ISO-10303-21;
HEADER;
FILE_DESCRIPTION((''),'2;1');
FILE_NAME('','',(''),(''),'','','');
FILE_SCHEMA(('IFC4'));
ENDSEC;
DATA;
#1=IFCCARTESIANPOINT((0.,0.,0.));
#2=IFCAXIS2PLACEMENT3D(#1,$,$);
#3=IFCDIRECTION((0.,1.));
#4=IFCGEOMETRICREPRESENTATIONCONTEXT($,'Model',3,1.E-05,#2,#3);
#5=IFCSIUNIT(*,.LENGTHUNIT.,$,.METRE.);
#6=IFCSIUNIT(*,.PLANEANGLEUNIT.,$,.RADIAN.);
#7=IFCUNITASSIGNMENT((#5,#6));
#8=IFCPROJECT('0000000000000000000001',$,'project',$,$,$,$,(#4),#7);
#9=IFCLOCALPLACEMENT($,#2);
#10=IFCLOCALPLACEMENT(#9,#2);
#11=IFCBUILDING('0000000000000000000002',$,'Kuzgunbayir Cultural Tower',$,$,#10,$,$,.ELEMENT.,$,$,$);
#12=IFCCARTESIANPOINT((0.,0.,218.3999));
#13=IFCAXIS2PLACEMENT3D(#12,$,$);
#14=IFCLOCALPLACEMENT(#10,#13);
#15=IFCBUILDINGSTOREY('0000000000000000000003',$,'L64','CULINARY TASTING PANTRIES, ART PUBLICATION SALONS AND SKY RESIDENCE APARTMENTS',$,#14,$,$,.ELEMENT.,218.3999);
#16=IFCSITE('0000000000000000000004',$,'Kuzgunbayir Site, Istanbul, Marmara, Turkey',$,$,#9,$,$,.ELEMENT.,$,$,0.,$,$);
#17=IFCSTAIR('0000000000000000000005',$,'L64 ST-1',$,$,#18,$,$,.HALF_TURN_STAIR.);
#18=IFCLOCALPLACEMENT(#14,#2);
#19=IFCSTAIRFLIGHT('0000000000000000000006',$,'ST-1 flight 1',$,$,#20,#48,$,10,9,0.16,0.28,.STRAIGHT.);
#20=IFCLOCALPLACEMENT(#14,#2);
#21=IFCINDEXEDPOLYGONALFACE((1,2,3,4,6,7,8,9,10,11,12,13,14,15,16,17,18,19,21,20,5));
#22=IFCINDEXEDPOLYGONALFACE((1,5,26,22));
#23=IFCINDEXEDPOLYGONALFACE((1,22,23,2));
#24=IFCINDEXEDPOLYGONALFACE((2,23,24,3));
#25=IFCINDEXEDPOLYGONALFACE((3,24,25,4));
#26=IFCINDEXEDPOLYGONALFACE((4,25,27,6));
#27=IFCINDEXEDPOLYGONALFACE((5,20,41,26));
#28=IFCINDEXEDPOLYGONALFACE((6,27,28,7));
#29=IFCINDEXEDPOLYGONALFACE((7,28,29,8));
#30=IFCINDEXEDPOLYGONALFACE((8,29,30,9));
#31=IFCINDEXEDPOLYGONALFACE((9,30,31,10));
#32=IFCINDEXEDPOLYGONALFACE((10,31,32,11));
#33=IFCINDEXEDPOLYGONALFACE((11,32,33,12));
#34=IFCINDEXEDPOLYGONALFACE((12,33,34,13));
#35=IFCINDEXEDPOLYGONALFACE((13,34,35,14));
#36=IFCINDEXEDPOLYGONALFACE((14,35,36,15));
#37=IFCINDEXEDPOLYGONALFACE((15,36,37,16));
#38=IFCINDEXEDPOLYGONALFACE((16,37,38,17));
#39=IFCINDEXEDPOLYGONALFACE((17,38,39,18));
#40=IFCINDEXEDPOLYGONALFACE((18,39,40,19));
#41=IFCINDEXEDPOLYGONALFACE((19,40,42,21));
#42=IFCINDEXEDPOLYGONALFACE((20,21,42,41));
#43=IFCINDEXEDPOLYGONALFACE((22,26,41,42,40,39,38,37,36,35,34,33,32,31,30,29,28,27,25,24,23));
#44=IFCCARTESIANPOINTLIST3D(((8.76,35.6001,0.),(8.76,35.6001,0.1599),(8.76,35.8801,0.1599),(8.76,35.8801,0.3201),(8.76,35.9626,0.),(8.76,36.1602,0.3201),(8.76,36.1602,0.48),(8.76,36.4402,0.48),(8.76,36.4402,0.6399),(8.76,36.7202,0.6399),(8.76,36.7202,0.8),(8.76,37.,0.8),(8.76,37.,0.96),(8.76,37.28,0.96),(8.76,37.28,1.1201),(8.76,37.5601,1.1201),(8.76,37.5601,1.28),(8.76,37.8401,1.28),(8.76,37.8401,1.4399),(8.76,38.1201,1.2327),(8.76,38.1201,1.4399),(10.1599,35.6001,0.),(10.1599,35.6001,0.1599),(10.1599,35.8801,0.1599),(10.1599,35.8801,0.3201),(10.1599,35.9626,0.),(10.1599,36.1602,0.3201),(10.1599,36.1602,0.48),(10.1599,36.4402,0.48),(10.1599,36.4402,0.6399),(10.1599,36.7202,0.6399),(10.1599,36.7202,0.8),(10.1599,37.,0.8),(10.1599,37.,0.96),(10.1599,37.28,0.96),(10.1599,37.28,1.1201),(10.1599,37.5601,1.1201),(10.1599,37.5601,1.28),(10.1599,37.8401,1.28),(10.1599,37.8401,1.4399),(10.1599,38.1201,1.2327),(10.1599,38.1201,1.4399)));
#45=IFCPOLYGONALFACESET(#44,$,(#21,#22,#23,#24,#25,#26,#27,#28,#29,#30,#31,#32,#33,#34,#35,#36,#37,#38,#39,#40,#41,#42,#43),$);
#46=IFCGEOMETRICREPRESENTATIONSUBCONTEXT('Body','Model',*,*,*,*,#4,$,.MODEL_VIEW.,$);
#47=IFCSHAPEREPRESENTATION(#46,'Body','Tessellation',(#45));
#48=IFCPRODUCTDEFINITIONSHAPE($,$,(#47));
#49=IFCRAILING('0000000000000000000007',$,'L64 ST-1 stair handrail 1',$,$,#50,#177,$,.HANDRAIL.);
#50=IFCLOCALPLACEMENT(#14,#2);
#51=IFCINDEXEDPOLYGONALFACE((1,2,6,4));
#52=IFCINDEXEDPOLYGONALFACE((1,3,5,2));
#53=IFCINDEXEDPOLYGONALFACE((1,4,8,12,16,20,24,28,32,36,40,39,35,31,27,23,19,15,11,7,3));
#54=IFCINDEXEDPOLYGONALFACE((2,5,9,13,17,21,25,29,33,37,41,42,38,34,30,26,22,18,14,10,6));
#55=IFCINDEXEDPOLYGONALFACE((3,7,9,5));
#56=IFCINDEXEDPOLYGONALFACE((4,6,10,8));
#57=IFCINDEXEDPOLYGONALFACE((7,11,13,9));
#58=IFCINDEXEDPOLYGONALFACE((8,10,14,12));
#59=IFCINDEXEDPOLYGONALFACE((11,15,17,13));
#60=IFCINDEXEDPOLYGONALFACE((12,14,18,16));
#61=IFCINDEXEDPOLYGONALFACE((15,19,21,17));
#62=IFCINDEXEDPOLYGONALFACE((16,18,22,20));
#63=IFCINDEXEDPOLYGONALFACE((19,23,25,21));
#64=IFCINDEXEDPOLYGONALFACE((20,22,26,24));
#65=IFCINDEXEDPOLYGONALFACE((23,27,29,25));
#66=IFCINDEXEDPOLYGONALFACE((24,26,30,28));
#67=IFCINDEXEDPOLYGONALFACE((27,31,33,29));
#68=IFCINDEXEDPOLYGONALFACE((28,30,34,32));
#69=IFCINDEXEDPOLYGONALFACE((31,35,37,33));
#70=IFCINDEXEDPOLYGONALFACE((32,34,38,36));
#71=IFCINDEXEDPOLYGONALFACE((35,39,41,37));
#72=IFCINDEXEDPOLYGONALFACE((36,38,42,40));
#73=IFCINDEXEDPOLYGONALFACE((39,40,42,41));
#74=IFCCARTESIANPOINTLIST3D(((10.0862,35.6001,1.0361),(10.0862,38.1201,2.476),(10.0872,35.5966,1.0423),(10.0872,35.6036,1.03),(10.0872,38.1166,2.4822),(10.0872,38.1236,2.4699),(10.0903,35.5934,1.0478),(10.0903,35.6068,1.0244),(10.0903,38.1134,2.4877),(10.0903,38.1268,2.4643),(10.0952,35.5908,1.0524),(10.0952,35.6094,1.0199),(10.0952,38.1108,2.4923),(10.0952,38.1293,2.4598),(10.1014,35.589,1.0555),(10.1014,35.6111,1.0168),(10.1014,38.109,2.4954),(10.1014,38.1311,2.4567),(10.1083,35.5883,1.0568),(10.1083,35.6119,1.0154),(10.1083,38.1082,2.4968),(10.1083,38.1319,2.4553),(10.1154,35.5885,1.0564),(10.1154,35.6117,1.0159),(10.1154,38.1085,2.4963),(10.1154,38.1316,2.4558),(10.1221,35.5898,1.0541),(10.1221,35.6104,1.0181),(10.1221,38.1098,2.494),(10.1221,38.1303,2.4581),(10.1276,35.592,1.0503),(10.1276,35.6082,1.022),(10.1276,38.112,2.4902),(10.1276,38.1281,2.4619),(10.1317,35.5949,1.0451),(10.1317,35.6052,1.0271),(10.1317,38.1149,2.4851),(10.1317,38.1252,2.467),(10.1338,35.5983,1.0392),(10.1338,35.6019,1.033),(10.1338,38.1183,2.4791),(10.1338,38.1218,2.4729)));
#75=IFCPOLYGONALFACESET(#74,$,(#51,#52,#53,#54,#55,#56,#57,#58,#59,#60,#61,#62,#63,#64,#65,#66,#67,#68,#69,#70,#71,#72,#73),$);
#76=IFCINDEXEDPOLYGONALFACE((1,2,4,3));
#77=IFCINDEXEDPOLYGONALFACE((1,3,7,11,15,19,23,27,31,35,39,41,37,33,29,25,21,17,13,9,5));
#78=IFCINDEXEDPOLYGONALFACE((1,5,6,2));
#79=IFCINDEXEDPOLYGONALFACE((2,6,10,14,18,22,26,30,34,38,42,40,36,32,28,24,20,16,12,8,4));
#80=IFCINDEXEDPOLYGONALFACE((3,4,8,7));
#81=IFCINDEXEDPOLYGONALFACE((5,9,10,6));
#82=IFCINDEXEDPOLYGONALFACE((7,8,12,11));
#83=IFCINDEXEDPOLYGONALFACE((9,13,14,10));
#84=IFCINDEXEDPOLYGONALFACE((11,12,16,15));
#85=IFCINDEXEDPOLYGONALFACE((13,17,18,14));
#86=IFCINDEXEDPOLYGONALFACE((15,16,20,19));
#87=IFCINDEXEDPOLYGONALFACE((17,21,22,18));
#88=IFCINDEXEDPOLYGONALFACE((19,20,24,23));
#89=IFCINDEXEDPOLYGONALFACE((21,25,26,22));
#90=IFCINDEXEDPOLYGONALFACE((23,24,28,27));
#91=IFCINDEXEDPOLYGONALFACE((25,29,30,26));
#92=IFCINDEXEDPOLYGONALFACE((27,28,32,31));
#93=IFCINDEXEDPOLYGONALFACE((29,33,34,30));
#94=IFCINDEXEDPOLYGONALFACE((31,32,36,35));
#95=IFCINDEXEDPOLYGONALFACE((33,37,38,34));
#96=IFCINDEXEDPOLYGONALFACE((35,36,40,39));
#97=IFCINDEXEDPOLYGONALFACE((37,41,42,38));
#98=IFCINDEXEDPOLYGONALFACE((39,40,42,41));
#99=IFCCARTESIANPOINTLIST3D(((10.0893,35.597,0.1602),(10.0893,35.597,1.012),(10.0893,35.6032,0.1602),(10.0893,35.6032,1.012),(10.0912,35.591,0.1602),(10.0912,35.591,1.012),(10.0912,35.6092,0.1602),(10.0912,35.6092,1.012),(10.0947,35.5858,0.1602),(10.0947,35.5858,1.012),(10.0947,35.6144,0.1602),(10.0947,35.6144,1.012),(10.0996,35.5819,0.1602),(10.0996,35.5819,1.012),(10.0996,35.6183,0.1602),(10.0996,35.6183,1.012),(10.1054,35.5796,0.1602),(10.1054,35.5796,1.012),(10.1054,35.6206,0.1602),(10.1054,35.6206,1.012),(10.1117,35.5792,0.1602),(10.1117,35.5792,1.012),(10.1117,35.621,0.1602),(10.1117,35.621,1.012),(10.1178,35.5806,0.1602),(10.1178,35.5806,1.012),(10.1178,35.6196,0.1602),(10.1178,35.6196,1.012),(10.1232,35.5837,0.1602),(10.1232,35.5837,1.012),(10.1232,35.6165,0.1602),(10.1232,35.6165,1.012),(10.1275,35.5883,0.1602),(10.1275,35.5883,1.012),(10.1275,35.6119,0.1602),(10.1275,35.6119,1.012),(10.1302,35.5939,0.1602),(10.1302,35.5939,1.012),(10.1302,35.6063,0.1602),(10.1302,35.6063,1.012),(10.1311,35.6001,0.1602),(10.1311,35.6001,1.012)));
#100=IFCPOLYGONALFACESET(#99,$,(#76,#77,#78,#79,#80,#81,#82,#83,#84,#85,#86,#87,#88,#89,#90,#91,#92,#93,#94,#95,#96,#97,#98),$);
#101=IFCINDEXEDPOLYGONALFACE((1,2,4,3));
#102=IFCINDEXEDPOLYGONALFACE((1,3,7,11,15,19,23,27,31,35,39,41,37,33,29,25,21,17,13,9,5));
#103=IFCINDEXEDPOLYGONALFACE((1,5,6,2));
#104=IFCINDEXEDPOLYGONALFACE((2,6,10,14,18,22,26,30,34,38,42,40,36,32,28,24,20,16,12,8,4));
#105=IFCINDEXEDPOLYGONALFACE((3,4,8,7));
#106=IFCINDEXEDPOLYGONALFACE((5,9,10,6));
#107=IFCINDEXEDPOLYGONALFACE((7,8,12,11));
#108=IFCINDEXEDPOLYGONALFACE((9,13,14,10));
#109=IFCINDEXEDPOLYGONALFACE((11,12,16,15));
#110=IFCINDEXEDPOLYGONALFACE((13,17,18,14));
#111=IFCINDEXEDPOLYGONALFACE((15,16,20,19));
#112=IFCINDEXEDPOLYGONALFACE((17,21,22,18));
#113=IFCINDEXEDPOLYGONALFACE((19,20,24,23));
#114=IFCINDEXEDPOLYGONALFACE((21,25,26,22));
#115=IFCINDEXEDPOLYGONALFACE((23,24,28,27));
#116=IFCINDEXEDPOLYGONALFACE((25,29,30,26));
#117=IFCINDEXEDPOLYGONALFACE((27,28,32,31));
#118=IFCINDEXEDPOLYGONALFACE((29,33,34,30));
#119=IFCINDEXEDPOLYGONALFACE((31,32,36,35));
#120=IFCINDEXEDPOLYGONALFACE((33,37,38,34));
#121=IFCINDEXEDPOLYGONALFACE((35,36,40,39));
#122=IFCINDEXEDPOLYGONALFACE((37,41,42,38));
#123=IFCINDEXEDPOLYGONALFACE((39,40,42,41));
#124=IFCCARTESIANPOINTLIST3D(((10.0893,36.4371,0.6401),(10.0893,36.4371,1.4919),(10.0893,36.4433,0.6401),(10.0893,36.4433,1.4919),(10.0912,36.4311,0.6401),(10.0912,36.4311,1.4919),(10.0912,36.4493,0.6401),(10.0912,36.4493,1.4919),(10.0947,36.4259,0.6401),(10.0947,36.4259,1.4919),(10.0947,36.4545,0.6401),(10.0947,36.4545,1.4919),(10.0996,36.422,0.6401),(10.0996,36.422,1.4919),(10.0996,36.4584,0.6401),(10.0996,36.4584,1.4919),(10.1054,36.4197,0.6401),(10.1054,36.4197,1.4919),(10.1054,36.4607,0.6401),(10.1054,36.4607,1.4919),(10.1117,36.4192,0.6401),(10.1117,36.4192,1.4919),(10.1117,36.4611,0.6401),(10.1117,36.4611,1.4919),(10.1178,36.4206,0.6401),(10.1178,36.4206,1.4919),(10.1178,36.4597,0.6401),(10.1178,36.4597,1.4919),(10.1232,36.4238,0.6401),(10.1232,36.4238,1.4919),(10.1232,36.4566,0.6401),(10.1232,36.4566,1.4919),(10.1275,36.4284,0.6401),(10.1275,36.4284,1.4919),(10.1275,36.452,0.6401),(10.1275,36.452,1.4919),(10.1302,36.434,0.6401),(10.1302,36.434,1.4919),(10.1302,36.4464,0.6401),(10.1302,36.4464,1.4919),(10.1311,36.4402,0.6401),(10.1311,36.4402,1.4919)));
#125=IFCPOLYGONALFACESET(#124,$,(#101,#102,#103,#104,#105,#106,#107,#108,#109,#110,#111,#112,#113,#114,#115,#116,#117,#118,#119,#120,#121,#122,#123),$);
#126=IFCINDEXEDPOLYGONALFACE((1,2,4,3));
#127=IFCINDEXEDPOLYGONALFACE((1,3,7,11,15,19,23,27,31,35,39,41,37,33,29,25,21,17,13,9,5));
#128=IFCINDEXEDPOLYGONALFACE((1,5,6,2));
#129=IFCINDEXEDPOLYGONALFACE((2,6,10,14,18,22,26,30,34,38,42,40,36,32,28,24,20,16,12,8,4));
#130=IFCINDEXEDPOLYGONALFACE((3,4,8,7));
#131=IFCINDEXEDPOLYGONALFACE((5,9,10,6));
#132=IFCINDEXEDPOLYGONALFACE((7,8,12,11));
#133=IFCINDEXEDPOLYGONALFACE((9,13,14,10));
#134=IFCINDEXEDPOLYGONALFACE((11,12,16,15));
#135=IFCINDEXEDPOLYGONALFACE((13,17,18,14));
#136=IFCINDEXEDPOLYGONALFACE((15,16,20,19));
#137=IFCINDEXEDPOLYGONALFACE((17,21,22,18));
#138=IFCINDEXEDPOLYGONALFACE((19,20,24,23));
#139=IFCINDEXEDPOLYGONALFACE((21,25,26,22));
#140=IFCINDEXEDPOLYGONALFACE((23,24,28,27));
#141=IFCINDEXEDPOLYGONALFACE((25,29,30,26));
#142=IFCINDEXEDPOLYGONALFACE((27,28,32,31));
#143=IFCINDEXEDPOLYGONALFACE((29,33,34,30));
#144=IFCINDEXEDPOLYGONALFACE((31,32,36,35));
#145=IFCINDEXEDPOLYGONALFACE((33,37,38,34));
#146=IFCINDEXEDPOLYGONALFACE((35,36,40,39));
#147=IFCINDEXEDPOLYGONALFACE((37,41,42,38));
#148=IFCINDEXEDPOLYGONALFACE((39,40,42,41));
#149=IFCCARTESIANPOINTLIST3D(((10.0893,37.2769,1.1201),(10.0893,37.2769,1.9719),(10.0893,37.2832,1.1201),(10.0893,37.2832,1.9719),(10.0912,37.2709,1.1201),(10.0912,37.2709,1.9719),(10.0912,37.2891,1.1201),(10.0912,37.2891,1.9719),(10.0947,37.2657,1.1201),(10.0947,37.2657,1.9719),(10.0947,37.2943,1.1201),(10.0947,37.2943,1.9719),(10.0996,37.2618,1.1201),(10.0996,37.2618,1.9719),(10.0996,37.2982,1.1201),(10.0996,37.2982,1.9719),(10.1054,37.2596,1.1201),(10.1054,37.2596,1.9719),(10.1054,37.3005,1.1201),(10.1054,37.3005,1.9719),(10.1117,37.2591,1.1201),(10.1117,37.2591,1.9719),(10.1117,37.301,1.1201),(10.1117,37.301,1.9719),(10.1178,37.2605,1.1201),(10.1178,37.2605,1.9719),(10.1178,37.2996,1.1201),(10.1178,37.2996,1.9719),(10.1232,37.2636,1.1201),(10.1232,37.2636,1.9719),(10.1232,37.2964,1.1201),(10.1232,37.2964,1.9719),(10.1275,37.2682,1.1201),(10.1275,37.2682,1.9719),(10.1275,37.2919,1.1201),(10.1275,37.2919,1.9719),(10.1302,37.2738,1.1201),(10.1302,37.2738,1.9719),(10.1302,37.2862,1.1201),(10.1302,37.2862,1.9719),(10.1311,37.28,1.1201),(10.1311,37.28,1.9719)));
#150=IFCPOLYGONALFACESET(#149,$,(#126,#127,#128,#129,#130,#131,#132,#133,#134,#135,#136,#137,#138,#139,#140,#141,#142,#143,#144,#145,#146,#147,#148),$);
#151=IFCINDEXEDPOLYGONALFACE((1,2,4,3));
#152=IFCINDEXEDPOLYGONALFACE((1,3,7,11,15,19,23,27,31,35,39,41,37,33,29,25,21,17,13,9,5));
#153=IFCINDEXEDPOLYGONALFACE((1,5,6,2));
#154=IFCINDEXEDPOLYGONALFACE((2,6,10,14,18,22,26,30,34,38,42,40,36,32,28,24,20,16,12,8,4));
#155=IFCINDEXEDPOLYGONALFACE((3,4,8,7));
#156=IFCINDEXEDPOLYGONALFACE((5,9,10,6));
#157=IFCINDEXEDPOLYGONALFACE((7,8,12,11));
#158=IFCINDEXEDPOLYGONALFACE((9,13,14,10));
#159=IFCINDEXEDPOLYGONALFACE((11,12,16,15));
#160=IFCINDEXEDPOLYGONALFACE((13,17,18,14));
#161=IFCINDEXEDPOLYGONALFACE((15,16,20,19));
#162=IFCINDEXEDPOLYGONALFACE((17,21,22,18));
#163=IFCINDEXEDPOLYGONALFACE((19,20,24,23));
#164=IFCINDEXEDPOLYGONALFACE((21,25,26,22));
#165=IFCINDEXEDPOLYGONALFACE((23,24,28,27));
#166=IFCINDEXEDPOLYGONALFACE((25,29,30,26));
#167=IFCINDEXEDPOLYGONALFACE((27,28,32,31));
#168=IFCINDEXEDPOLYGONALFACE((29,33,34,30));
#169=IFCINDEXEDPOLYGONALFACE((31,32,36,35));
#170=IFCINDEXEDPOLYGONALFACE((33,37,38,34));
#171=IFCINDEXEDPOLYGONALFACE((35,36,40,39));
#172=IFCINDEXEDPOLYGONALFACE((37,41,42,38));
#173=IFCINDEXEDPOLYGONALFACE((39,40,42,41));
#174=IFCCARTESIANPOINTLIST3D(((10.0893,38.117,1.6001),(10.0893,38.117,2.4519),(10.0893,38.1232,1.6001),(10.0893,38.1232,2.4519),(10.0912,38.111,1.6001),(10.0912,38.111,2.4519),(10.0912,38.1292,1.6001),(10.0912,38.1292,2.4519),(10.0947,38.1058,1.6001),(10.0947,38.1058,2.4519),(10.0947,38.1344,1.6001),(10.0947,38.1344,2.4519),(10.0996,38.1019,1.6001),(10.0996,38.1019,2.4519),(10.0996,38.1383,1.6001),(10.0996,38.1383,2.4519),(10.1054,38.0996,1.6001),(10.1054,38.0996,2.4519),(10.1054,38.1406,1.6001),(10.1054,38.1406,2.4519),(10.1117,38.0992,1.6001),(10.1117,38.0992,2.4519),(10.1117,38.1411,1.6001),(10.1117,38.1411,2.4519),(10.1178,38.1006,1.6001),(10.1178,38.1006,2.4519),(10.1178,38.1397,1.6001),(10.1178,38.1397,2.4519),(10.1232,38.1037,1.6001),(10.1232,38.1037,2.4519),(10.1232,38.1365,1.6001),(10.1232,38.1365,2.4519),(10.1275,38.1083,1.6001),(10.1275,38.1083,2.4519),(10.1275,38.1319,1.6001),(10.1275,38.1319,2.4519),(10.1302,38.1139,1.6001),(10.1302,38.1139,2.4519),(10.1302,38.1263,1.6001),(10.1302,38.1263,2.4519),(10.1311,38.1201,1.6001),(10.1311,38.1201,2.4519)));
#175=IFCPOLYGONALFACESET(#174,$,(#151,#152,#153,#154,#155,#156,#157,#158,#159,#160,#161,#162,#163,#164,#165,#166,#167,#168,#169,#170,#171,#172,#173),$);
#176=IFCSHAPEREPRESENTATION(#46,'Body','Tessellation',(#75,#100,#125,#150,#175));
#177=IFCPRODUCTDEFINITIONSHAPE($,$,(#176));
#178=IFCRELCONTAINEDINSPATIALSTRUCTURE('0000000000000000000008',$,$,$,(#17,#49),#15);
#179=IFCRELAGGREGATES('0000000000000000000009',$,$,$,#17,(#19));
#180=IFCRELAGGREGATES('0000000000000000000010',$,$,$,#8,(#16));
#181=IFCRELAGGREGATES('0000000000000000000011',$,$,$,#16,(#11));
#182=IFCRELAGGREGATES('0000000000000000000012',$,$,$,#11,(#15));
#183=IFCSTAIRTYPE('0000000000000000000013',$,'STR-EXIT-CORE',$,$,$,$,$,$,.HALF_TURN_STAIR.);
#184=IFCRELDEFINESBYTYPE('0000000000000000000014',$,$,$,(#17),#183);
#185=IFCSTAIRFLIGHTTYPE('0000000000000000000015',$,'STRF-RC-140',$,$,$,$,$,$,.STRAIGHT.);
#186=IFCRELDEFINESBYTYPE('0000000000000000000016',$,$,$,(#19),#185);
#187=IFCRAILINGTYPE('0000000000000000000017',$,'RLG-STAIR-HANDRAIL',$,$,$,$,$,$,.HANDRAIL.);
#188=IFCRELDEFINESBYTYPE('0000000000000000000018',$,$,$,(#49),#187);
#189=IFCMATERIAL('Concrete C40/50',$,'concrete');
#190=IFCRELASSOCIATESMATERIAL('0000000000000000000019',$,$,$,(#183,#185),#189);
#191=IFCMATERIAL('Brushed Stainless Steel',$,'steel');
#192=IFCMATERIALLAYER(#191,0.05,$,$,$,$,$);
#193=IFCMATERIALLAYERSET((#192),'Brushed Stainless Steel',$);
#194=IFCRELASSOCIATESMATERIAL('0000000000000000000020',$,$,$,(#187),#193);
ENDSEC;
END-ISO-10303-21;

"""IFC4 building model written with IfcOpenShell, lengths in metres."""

from ifc_helpers import new_model, si_unit, direction, frame, origin, origin_2d, place, context, subcontext, project, spatial, polyline, circle, outline, extrude, material, layer, layer_set, type_object, element, aggregate, save


model = new_model("IFC4")

# Units and contexts
model_context = context("Model", 3, precision=1e-05, world=origin(), true_north=direction((0.0, 1.0)))
body_context = subcontext(model_context, "Body", "Model", "MODEL_VIEW")
ifc_project = project(units=[si_unit("LENGTHUNIT", "METRE"), si_unit("PLANEANGLEUNIT", "RADIAN")], contexts=[model_context])

# Site, building, storey
site_placement = place(None, origin())
site = spatial("IfcSite", under=ifc_project, at=site_placement, Name="Kuzgunbayir Site, Istanbul, Marmara, Turkey", CompositionType="ELEMENT", RefElevation=0.0)
building_placement = place(site_placement, origin())
building = spatial("IfcBuilding", under=site, at=building_placement, Name="Kuzgunbayir Cultural Tower", CompositionType="ELEMENT")
storey_placement = place(building_placement, frame((0.0, 0.0, 218.3999)))
storey = spatial("IfcBuildingStorey", under=building, at=storey_placement, Name="L64", Description="CULINARY TASTING PANTRIES, ART PUBLICATION SALONS AND SKY RESIDENCE APARTMENTS", CompositionType="ELEMENT", Elevation=218.3999)

# Shared definitions
ifc_material_1 = material(Name="Concrete C40/50", Category="concrete")
ifc_material_2 = material(Name="Brushed Stainless Steel", Category="steel")

# Stair, stair flight
stair_type = type_object("IfcStairType", Name="STR-EXIT-CORE", PredefinedType="HALF_TURN_STAIR", material=ifc_material_1)
stair_placement = place(storey_placement, origin())
stair = element("IfcStair", 1, at=stair_placement, inside=storey, type_object=stair_type, Name="L64 ST-1", PredefinedType="HALF_TURN_STAIR")
stair_flight_type = type_object("IfcStairFlightType", Name="STRF-RC-140", PredefinedType="STRAIGHT", material=ifc_material_1)
stair_flight_placement = place(storey_placement, frame((9.46, 35.6001, 0.0), z_axis=(0.0, 0.0, 1.0), x_axis=(0.0, 1.0, 0.0)))
stair_flight = element("IfcStairFlight", 2, at=stair_flight_placement, type_object=stair_flight_type, Name="ST-1 flight 1", NumberOfRisers=10, NumberOfTreads=9, PredefinedType="STRAIGHT", RiserHeight=0.16, TreadLength=0.28, context=body_context, shape_type="SweptSolid", body=[
    extrude(outline(polyline([(0.0, 0.0), (0.0, 0.1599), (0.28, 0.1599), (0.28, 0.3201), (0.5601, 0.3201), (0.5601, 0.48), (0.8401, 0.48), (0.8401, 0.6399), (1.1201, 0.6399), (1.1201, 0.8), (1.3999, 0.8), (1.3999, 0.96), (1.6799, 0.96), (1.6799, 1.1201), (1.96, 1.1201), (1.96, 1.28), (2.24, 1.28), (2.24, 1.4399), (2.52, 1.4399), (2.52, 1.6001), (2.52, 1.2327), (0.3625, 0.0), (0.0, 0.0)])), frame((0.0, 0.7, 0.0), z_axis=(0.0, -1.0, 0.0), x_axis=(1.0, 0.0, 0.0)), (0.0, 0.0, 1.0), 1.3999),
])
aggregate(stair, [stair_flight])

# Railing
ifc_layer_1 = layer(ifc_material_2, 0.05)
ifc_layer_set_1 = layer_set([ifc_layer_1], Name="Brushed Stainless Steel")
railing_type_1 = type_object("IfcRailingType", Name="RLG-STAIR-HANDRAIL", PredefinedType="HANDRAIL", material=ifc_layer_set_1)
railing_1_placement = place(storey_placement, frame((10.1101, 35.6001, 0.1602)))
element("IfcRailing", 3, at=railing_1_placement, inside=storey, type_object=railing_type_1, Name="L64 ST-1 stair handrail 1", PredefinedType="HANDRAIL", context=body_context, shape_type="SweptSolid", body=[
    extrude(circle(Radius=0.0239, at=origin_2d()), frame((0.0, 0.0, 0.876), z_axis=(0.0, 0.868253, 0.496121), x_axis=(-1.0, 0.0, 0.0)), (0.0, 0.0, 1.0), 2.9023),
    extrude(circle(Radius=0.021, at=origin_2d()), origin(), (0.0, 0.0, 1.0), 0.8518),
    extrude(circle(Radius=0.021, at=origin_2d()), frame((0.0, 0.8401, 0.48)), (0.0, 0.0, 1.0), 0.8518),
    extrude(circle(Radius=0.021, at=origin_2d()), frame((0.0, 1.6799, 0.96)), (0.0, 0.0, 1.0), 0.8518),
    extrude(circle(Radius=0.021, at=origin_2d()), frame((0.0, 2.52, 1.4399)), (0.0, 0.0, 1.0), 0.8518),
])

save(model, "model.ifc")
